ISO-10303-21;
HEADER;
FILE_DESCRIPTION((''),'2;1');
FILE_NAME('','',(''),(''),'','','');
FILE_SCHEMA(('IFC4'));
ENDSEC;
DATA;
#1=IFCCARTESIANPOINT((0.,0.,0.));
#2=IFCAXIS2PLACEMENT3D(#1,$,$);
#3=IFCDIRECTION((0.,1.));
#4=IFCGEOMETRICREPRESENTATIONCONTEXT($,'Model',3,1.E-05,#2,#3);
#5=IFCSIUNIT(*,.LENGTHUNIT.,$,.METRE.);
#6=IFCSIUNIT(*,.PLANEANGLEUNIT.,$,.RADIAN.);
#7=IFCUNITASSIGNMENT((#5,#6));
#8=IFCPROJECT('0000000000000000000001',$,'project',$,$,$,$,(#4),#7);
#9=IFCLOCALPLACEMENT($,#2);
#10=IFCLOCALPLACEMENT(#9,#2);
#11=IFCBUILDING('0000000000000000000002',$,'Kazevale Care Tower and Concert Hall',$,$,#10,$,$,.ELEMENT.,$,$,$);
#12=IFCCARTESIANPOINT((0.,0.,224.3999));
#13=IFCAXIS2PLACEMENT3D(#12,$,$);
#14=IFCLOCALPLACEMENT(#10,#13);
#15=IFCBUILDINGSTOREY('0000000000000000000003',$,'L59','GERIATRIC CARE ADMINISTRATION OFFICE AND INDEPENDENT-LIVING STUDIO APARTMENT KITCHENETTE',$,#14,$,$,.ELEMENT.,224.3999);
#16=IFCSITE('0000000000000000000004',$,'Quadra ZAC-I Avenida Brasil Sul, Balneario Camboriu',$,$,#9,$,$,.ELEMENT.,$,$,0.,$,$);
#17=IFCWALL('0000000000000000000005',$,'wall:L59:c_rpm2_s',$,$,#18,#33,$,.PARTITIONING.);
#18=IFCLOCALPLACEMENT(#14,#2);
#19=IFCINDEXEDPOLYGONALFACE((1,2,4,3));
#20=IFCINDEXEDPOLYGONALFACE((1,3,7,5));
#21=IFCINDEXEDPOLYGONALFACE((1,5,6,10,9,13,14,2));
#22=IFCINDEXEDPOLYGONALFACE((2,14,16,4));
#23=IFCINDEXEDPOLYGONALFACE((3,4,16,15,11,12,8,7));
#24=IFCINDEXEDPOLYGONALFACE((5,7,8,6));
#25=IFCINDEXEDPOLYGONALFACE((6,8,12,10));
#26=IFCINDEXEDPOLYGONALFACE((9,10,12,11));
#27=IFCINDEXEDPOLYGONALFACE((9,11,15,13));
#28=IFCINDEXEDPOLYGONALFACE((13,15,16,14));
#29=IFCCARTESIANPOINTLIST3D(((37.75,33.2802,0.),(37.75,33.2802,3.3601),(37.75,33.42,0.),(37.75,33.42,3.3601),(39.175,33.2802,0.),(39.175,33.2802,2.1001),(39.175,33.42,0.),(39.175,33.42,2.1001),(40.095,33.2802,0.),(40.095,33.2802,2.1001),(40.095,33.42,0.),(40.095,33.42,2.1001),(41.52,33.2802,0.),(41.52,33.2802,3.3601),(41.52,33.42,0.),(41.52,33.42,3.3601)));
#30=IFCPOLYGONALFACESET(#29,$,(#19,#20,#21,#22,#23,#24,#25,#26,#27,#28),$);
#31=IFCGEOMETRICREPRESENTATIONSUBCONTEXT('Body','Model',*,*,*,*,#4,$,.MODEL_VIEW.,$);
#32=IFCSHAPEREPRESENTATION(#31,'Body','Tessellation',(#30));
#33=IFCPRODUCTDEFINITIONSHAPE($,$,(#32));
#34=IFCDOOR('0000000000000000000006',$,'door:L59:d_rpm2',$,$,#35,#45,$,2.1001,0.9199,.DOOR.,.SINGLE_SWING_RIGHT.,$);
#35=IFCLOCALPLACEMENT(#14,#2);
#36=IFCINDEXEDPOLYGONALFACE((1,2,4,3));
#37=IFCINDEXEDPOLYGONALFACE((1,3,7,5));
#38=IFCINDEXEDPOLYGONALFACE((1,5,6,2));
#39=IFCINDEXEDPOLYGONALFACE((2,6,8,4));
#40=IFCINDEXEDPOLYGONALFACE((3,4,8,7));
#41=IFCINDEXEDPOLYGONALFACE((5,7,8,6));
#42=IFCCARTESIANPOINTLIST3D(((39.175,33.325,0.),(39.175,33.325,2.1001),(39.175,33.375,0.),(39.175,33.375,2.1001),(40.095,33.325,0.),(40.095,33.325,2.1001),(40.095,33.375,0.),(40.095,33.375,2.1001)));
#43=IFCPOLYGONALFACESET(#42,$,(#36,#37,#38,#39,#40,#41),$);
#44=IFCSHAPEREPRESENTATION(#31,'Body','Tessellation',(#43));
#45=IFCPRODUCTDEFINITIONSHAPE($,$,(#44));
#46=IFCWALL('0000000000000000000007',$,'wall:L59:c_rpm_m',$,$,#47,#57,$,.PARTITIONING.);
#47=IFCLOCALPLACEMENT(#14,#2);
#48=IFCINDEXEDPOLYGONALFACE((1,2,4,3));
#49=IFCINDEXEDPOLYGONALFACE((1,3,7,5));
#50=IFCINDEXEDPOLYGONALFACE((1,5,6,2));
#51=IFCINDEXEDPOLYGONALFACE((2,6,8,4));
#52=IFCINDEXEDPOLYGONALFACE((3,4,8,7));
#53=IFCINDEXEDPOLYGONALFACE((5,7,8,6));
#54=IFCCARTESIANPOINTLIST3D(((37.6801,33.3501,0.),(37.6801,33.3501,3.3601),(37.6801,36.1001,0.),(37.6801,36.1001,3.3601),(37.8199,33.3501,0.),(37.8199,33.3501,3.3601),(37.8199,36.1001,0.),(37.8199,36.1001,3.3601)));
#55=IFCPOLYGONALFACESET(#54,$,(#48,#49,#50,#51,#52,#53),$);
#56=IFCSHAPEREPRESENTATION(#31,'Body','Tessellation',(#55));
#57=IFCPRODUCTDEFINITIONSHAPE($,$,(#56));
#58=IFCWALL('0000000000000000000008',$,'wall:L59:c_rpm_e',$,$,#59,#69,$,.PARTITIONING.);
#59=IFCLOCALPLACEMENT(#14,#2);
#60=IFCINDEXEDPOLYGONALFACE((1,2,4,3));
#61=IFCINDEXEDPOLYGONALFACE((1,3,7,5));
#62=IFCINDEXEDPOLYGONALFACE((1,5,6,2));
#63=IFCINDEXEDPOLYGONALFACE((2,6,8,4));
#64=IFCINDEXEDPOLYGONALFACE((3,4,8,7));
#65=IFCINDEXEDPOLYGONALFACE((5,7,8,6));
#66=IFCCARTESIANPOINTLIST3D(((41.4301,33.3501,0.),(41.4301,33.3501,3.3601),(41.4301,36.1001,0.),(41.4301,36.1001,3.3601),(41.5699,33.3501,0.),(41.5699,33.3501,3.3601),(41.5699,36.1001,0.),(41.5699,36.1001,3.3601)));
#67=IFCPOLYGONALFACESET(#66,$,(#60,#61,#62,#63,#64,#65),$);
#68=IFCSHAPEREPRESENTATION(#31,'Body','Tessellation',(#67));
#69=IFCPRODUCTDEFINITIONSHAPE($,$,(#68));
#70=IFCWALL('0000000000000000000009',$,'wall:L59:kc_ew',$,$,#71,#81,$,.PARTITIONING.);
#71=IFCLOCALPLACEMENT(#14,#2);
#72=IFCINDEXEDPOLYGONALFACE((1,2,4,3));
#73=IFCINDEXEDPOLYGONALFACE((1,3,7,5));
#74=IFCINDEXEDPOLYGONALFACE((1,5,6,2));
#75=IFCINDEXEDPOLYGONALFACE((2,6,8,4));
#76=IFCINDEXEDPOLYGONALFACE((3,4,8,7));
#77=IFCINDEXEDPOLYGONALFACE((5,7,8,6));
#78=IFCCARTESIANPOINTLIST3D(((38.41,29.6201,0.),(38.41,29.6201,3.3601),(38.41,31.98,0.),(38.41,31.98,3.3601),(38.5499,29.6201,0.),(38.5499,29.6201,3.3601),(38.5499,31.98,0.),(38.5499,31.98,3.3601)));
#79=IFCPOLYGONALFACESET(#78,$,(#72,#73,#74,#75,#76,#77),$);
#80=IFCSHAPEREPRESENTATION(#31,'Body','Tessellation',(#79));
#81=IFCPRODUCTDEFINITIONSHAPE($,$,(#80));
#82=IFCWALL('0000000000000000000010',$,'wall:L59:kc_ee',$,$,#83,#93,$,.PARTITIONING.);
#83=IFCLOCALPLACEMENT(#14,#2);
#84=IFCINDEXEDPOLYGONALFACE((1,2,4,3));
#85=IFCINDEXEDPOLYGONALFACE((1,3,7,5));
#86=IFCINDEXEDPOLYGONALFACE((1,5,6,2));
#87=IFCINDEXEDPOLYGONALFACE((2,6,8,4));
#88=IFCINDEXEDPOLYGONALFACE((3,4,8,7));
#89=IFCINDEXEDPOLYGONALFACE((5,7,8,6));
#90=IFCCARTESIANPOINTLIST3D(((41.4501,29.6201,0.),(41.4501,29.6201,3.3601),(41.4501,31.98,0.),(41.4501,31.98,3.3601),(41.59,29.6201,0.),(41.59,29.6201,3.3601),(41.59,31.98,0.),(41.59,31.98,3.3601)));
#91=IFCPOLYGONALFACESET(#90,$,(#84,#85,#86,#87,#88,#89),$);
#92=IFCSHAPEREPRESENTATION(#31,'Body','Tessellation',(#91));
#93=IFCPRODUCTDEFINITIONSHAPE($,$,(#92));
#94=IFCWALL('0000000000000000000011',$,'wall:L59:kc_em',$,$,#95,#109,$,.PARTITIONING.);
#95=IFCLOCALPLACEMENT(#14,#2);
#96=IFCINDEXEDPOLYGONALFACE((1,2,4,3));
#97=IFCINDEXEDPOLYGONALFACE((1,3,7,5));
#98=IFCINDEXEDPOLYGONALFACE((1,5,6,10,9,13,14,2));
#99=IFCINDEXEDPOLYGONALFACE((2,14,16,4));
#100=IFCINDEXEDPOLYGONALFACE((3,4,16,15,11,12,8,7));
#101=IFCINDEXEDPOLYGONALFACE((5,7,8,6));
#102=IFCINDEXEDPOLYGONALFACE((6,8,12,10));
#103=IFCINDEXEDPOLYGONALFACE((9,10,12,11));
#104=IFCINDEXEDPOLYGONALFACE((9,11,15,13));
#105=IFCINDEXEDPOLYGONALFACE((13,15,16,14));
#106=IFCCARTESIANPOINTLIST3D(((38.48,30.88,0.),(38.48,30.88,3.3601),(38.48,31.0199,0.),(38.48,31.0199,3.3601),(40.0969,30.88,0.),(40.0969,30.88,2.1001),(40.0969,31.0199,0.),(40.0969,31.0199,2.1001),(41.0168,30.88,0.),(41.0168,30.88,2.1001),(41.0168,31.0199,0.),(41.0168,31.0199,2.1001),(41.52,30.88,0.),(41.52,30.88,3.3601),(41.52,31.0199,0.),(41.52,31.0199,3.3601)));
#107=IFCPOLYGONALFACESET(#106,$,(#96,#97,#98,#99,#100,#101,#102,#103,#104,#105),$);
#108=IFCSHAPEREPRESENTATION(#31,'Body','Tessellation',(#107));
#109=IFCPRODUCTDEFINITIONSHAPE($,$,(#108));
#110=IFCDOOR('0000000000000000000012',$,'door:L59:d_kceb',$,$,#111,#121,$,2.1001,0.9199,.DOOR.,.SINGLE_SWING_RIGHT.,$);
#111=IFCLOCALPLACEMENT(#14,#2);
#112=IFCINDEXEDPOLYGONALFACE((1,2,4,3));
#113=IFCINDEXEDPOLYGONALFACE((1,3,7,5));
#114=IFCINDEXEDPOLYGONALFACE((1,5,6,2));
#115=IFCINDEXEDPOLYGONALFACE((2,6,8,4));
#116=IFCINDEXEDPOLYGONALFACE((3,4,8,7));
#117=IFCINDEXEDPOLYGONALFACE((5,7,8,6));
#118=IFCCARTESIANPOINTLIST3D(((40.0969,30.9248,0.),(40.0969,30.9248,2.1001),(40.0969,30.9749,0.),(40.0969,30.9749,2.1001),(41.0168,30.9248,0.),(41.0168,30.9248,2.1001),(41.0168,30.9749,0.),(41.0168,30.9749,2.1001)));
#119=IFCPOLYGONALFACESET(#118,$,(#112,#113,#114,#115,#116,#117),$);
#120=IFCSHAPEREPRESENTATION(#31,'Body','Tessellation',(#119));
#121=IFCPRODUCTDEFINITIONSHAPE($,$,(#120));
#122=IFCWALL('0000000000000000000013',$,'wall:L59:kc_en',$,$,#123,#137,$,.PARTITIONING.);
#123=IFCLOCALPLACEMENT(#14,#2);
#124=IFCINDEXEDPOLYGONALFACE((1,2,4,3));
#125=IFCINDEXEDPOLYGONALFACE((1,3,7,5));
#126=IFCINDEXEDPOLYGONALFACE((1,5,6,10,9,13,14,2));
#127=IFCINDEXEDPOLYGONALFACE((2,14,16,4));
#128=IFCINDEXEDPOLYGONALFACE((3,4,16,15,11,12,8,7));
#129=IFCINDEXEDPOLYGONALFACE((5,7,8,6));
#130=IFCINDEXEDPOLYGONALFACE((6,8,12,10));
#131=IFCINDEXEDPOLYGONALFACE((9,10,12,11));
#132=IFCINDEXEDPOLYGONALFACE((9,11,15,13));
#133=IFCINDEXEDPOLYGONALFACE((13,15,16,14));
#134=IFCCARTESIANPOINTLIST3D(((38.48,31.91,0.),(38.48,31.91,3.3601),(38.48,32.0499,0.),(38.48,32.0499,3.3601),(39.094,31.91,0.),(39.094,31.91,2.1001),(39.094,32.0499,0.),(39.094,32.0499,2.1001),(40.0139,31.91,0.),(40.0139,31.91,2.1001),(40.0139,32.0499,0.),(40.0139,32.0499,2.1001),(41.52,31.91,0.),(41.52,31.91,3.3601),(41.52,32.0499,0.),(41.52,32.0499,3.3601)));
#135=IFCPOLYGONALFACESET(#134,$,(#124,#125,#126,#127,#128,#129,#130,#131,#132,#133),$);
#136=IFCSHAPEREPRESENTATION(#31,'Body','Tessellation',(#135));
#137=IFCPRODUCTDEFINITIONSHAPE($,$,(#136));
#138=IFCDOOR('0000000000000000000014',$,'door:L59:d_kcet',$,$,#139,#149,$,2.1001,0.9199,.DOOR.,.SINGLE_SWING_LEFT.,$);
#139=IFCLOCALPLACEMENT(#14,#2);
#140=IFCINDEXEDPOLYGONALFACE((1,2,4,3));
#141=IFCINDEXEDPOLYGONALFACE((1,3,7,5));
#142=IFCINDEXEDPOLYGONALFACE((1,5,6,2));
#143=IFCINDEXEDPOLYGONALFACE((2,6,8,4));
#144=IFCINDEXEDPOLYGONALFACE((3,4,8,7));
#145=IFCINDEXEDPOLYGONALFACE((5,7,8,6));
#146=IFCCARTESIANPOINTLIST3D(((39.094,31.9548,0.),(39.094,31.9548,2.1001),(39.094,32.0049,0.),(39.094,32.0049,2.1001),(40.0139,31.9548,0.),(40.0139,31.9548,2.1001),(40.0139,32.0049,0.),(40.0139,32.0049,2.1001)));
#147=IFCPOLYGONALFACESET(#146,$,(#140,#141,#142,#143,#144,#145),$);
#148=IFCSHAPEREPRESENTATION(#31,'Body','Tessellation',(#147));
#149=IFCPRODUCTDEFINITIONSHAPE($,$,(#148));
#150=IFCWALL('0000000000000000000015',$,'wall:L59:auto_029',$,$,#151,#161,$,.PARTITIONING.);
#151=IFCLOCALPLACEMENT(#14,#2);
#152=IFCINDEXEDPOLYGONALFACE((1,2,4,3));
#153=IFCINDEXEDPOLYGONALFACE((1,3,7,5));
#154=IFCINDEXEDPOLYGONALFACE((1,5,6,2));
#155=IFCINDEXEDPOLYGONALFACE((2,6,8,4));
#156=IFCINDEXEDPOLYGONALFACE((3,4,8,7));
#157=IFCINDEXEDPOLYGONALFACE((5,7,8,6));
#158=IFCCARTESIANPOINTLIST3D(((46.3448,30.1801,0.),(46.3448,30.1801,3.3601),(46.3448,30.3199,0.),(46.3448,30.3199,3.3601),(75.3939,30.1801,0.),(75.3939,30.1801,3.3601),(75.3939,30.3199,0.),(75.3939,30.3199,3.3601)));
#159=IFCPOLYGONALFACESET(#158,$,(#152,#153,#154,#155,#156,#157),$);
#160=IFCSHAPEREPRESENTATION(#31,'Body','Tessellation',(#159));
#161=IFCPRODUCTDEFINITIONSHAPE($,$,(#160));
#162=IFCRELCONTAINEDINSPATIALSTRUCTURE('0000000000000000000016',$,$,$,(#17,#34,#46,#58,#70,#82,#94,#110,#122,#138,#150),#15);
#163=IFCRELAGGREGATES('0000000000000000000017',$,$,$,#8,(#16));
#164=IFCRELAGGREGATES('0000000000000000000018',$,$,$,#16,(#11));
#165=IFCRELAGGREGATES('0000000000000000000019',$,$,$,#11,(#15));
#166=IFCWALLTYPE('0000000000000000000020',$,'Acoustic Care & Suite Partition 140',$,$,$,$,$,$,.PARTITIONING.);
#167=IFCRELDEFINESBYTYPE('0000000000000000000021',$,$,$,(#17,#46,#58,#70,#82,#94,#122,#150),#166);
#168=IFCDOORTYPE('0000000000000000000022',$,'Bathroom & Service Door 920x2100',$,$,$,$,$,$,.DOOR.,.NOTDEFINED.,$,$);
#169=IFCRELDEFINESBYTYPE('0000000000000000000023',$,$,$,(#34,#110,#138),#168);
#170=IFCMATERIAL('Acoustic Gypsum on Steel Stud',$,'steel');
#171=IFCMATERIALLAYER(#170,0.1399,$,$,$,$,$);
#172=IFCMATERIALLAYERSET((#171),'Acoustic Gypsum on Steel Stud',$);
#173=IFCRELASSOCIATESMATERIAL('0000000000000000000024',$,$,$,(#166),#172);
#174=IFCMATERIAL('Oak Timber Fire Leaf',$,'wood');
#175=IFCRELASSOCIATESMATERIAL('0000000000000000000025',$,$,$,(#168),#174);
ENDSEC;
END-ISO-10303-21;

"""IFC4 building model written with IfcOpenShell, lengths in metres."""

from ifc_helpers import new_model, si_unit, direction, frame, frame_2d, origin, place, context, subcontext, project, spatial, rectangle, extrude, material, layer, layer_set, type_object, element, fill, save


model = new_model("IFC4")

# Units and contexts
model_context = context("Model", 3, precision=1e-05, world=origin(), true_north=direction((0.0, 1.0)))
body_context = subcontext(model_context, "Body", "Model", "MODEL_VIEW")
ifc_project = project(units=[si_unit("LENGTHUNIT", "METRE"), si_unit("PLANEANGLEUNIT", "RADIAN")], contexts=[model_context])

# Site, building, storey
site_placement = place(None, origin())
site = spatial("IfcSite", under=ifc_project, at=site_placement, Name="Quadra ZAC-I Avenida Brasil Sul, Balneario Camboriu", CompositionType="ELEMENT", RefElevation=0.0)
building_placement = place(site_placement, origin())
building = spatial("IfcBuilding", under=site, at=building_placement, Name="Kazevale Care Tower and Concert Hall", CompositionType="ELEMENT")
storey_placement = place(building_placement, frame((0.0, 0.0, 224.3999)))
storey = spatial("IfcBuildingStorey", under=building, at=storey_placement, Name="L59", Description="GERIATRIC CARE ADMINISTRATION OFFICE AND INDEPENDENT-LIVING STUDIO APARTMENT KITCHENETTE", CompositionType="ELEMENT", Elevation=224.3999)

# Wall, opening, door
ifc_material_1 = material(Name="Acoustic Gypsum on Steel Stud", Category="steel")
ifc_layer = layer(ifc_material_1, 0.1399)
ifc_layer_set = layer_set([ifc_layer], Name="Acoustic Gypsum on Steel Stud")
wall_type = type_object("IfcWallType", Name="Acoustic Care & Suite Partition 140", PredefinedType="PARTITIONING", material=ifc_layer_set)
wall_1_placement = place(storey_placement, frame((37.75, 33.3501, 0.0), z_axis=(0.0, 0.0, 1.0), x_axis=(1.0, 0.0, 0.0)))
wall_1 = element("IfcWall", 1, at=wall_1_placement, inside=storey, type_object=wall_type, Name="wall:L59:c_rpm2_s", PredefinedType="PARTITIONING", context=body_context, shape_type="SweptSolid", body=[
    extrude(rectangle(XDim=3.77, YDim=0.1399, at=frame_2d((1.885, 0.0))), origin(), (0.0, 0.0, 1.0), 3.3601),
])
opening_1_placement = place(wall_1_placement, frame((1.425, 0.0, 0.0)))
opening_1 = element("IfcOpeningElement", 2, at=opening_1_placement, cuts=wall_1, PredefinedType="OPENING", context=body_context, shape_type="SweptSolid", body=[
    extrude(rectangle(XDim=0.9199, YDim=2.1001, at=frame_2d((0.46, 1.05))), frame((0.0, 0.0798, 0.0), z_axis=(0.0, -1.0, 0.0), x_axis=(1.0, 0.0, 0.0)), (0.0, 0.0, 1.0), 0.1599),
])
ifc_material_2 = material(Name="Oak Timber Fire Leaf", Category="wood")
door_type = type_object("IfcDoorType", Name="Bathroom & Service Door 920x2100", OperationType="NOTDEFINED", PredefinedType="DOOR", material=ifc_material_2)
door_1_placement = place(opening_1_placement, origin())
door_1 = element("IfcDoor", 3, at=door_1_placement, inside=storey, type_object=door_type, Name="door:L59:d_rpm2", OperationType="SINGLE_SWING_RIGHT", OverallHeight=2.1001, OverallWidth=0.9199, PredefinedType="DOOR", context=body_context, shape_type="SweptSolid", body=[
    extrude(rectangle(XDim=0.9199, YDim=2.1001, at=frame_2d((0.46, 1.05))), frame((0.0, 0.0249, 0.0), z_axis=(0.0, -1.0, 0.0), x_axis=(1.0, 0.0, 0.0)), (0.0, 0.0, 1.0), 0.05),
])
fill(opening_1, door_1)

# Walls
for number, where, z_axis, x_axis, name in (
    (4, (37.75, 33.3501, 0.0), (0.0, 0.0, 1.0), (0.0, 1.0, 0.0), "wall:L59:c_rpm_m"),
    (5, (41.5, 33.3501, 0.0), (0.0, 0.0, 1.0), (0.0, 1.0, 0.0), "wall:L59:c_rpm_e"),
):
    element("IfcWall", number, at=place(storey_placement, frame(where, z_axis=z_axis, x_axis=x_axis)), inside=storey, type_object=wall_type, Name=name, PredefinedType="PARTITIONING", context=body_context, shape_type="SweptSolid", body=[
        extrude(rectangle(XDim=2.75, YDim=0.1399, at=frame_2d((1.375, 0.0))), origin(), (0.0, 0.0, 1.0), 3.3601),
    ])
for number, where, z_axis, x_axis, name in (
    (6, (38.48, 29.6201, 0.0), (0.0, 0.0, 1.0), (0.0, 1.0, 0.0), "wall:L59:kc_ew"),
    (7, (41.52, 29.6201, 0.0), (0.0, 0.0, 1.0), (0.0, 1.0, 0.0), "wall:L59:kc_ee"),
):
    element("IfcWall", number, at=place(storey_placement, frame(where, z_axis=z_axis, x_axis=x_axis)), inside=storey, type_object=wall_type, Name=name, PredefinedType="PARTITIONING", context=body_context, shape_type="SweptSolid", body=[
        extrude(rectangle(XDim=2.3599, YDim=0.1399, at=frame_2d((1.1799, 0.0))), origin(), (0.0, 0.0, 1.0), 3.3601),
    ])

# Walls, openings, doors
wall_2_placement = place(storey_placement, frame((38.48, 30.95, 0.0), z_axis=(0.0, 0.0, 1.0), x_axis=(1.0, 0.0, 0.0)))
wall_2 = element("IfcWall", 8, at=wall_2_placement, inside=storey, type_object=wall_type, Name="wall:L59:kc_em", PredefinedType="PARTITIONING", context=body_context, shape_type="SweptSolid", body=[
    extrude(rectangle(XDim=3.04, YDim=0.1399, at=frame_2d((1.52, 0.0))), origin(), (0.0, 0.0, 1.0), 3.3601),
])
opening_2_placement = place(wall_2_placement, frame((1.6169, 0.0, 0.0)))
opening_2 = element("IfcOpeningElement", 9, at=opening_2_placement, cuts=wall_2, PredefinedType="OPENING", context=body_context, shape_type="SweptSolid", body=[
    extrude(rectangle(XDim=0.9199, YDim=2.1001, at=frame_2d((0.46, 1.05))), frame((0.0, 0.0798, 0.0), z_axis=(0.0, -1.0, 0.0), x_axis=(1.0, 0.0, 0.0)), (0.0, 0.0, 1.0), 0.1599),
])
door_2_placement = place(opening_2_placement, origin())
door_2 = element("IfcDoor", 10, at=door_2_placement, inside=storey, type_object=door_type, Name="door:L59:d_kceb", OperationType="SINGLE_SWING_RIGHT", OverallHeight=2.1001, OverallWidth=0.9199, PredefinedType="DOOR", context=body_context, shape_type="SweptSolid", body=[
    extrude(rectangle(XDim=0.9199, YDim=2.1001, at=frame_2d((0.46, 1.05))), frame((0.0, 0.0249, 0.0), z_axis=(0.0, -1.0, 0.0), x_axis=(1.0, 0.0, 0.0)), (0.0, 0.0, 1.0), 0.05),
])
fill(opening_2, door_2)
wall_3_placement = place(storey_placement, frame((38.48, 31.98, 0.0), z_axis=(0.0, 0.0, 1.0), x_axis=(1.0, 0.0, 0.0)))
wall_3 = element("IfcWall", 11, at=wall_3_placement, inside=storey, type_object=wall_type, Name="wall:L59:kc_en", PredefinedType="PARTITIONING", context=body_context, shape_type="SweptSolid", body=[
    extrude(rectangle(XDim=3.04, YDim=0.1399, at=frame_2d((1.52, 0.0))), origin(), (0.0, 0.0, 1.0), 3.3601),
])
opening_3_placement = place(wall_3_placement, frame((0.614, 0.0, 0.0)))
opening_3 = element("IfcOpeningElement", 12, at=opening_3_placement, cuts=wall_3, PredefinedType="OPENING", context=body_context, shape_type="SweptSolid", body=[
    extrude(rectangle(XDim=0.9199, YDim=2.1001, at=frame_2d((0.46, 1.05))), frame((0.0, 0.0798, 0.0), z_axis=(0.0, -1.0, 0.0), x_axis=(1.0, 0.0, 0.0)), (0.0, 0.0, 1.0), 0.1599),
])
door_3_placement = place(opening_3_placement, origin())
door_3 = element("IfcDoor", 13, at=door_3_placement, inside=storey, type_object=door_type, Name="door:L59:d_kcet", OperationType="SINGLE_SWING_LEFT", OverallHeight=2.1001, OverallWidth=0.9199, PredefinedType="DOOR", context=body_context, shape_type="SweptSolid", body=[
    extrude(rectangle(XDim=0.9199, YDim=2.1001, at=frame_2d((0.46, 1.05))), frame((0.0, 0.0249, 0.0), z_axis=(0.0, -1.0, 0.0), x_axis=(1.0, 0.0, 0.0)), (0.0, 0.0, 1.0), 0.05),
])
fill(opening_3, door_3)

# Wall
wall_4_placement = place(storey_placement, frame((46.345, 30.25, 0.0), z_axis=(0.0, 0.0, 1.0), x_axis=(1.0, 0.0, 0.0)))
element("IfcWall", 14, at=wall_4_placement, inside=storey, type_object=wall_type, Name="wall:L59:auto_029", PredefinedType="PARTITIONING", context=body_context, shape_type="SweptSolid", body=[
    extrude(rectangle(XDim=29.0491, YDim=0.1399, at=frame_2d((14.5244, 0.0))), origin(), (0.0, 0.0, 1.0), 3.3601),
])

save(model, "model.ifc")
